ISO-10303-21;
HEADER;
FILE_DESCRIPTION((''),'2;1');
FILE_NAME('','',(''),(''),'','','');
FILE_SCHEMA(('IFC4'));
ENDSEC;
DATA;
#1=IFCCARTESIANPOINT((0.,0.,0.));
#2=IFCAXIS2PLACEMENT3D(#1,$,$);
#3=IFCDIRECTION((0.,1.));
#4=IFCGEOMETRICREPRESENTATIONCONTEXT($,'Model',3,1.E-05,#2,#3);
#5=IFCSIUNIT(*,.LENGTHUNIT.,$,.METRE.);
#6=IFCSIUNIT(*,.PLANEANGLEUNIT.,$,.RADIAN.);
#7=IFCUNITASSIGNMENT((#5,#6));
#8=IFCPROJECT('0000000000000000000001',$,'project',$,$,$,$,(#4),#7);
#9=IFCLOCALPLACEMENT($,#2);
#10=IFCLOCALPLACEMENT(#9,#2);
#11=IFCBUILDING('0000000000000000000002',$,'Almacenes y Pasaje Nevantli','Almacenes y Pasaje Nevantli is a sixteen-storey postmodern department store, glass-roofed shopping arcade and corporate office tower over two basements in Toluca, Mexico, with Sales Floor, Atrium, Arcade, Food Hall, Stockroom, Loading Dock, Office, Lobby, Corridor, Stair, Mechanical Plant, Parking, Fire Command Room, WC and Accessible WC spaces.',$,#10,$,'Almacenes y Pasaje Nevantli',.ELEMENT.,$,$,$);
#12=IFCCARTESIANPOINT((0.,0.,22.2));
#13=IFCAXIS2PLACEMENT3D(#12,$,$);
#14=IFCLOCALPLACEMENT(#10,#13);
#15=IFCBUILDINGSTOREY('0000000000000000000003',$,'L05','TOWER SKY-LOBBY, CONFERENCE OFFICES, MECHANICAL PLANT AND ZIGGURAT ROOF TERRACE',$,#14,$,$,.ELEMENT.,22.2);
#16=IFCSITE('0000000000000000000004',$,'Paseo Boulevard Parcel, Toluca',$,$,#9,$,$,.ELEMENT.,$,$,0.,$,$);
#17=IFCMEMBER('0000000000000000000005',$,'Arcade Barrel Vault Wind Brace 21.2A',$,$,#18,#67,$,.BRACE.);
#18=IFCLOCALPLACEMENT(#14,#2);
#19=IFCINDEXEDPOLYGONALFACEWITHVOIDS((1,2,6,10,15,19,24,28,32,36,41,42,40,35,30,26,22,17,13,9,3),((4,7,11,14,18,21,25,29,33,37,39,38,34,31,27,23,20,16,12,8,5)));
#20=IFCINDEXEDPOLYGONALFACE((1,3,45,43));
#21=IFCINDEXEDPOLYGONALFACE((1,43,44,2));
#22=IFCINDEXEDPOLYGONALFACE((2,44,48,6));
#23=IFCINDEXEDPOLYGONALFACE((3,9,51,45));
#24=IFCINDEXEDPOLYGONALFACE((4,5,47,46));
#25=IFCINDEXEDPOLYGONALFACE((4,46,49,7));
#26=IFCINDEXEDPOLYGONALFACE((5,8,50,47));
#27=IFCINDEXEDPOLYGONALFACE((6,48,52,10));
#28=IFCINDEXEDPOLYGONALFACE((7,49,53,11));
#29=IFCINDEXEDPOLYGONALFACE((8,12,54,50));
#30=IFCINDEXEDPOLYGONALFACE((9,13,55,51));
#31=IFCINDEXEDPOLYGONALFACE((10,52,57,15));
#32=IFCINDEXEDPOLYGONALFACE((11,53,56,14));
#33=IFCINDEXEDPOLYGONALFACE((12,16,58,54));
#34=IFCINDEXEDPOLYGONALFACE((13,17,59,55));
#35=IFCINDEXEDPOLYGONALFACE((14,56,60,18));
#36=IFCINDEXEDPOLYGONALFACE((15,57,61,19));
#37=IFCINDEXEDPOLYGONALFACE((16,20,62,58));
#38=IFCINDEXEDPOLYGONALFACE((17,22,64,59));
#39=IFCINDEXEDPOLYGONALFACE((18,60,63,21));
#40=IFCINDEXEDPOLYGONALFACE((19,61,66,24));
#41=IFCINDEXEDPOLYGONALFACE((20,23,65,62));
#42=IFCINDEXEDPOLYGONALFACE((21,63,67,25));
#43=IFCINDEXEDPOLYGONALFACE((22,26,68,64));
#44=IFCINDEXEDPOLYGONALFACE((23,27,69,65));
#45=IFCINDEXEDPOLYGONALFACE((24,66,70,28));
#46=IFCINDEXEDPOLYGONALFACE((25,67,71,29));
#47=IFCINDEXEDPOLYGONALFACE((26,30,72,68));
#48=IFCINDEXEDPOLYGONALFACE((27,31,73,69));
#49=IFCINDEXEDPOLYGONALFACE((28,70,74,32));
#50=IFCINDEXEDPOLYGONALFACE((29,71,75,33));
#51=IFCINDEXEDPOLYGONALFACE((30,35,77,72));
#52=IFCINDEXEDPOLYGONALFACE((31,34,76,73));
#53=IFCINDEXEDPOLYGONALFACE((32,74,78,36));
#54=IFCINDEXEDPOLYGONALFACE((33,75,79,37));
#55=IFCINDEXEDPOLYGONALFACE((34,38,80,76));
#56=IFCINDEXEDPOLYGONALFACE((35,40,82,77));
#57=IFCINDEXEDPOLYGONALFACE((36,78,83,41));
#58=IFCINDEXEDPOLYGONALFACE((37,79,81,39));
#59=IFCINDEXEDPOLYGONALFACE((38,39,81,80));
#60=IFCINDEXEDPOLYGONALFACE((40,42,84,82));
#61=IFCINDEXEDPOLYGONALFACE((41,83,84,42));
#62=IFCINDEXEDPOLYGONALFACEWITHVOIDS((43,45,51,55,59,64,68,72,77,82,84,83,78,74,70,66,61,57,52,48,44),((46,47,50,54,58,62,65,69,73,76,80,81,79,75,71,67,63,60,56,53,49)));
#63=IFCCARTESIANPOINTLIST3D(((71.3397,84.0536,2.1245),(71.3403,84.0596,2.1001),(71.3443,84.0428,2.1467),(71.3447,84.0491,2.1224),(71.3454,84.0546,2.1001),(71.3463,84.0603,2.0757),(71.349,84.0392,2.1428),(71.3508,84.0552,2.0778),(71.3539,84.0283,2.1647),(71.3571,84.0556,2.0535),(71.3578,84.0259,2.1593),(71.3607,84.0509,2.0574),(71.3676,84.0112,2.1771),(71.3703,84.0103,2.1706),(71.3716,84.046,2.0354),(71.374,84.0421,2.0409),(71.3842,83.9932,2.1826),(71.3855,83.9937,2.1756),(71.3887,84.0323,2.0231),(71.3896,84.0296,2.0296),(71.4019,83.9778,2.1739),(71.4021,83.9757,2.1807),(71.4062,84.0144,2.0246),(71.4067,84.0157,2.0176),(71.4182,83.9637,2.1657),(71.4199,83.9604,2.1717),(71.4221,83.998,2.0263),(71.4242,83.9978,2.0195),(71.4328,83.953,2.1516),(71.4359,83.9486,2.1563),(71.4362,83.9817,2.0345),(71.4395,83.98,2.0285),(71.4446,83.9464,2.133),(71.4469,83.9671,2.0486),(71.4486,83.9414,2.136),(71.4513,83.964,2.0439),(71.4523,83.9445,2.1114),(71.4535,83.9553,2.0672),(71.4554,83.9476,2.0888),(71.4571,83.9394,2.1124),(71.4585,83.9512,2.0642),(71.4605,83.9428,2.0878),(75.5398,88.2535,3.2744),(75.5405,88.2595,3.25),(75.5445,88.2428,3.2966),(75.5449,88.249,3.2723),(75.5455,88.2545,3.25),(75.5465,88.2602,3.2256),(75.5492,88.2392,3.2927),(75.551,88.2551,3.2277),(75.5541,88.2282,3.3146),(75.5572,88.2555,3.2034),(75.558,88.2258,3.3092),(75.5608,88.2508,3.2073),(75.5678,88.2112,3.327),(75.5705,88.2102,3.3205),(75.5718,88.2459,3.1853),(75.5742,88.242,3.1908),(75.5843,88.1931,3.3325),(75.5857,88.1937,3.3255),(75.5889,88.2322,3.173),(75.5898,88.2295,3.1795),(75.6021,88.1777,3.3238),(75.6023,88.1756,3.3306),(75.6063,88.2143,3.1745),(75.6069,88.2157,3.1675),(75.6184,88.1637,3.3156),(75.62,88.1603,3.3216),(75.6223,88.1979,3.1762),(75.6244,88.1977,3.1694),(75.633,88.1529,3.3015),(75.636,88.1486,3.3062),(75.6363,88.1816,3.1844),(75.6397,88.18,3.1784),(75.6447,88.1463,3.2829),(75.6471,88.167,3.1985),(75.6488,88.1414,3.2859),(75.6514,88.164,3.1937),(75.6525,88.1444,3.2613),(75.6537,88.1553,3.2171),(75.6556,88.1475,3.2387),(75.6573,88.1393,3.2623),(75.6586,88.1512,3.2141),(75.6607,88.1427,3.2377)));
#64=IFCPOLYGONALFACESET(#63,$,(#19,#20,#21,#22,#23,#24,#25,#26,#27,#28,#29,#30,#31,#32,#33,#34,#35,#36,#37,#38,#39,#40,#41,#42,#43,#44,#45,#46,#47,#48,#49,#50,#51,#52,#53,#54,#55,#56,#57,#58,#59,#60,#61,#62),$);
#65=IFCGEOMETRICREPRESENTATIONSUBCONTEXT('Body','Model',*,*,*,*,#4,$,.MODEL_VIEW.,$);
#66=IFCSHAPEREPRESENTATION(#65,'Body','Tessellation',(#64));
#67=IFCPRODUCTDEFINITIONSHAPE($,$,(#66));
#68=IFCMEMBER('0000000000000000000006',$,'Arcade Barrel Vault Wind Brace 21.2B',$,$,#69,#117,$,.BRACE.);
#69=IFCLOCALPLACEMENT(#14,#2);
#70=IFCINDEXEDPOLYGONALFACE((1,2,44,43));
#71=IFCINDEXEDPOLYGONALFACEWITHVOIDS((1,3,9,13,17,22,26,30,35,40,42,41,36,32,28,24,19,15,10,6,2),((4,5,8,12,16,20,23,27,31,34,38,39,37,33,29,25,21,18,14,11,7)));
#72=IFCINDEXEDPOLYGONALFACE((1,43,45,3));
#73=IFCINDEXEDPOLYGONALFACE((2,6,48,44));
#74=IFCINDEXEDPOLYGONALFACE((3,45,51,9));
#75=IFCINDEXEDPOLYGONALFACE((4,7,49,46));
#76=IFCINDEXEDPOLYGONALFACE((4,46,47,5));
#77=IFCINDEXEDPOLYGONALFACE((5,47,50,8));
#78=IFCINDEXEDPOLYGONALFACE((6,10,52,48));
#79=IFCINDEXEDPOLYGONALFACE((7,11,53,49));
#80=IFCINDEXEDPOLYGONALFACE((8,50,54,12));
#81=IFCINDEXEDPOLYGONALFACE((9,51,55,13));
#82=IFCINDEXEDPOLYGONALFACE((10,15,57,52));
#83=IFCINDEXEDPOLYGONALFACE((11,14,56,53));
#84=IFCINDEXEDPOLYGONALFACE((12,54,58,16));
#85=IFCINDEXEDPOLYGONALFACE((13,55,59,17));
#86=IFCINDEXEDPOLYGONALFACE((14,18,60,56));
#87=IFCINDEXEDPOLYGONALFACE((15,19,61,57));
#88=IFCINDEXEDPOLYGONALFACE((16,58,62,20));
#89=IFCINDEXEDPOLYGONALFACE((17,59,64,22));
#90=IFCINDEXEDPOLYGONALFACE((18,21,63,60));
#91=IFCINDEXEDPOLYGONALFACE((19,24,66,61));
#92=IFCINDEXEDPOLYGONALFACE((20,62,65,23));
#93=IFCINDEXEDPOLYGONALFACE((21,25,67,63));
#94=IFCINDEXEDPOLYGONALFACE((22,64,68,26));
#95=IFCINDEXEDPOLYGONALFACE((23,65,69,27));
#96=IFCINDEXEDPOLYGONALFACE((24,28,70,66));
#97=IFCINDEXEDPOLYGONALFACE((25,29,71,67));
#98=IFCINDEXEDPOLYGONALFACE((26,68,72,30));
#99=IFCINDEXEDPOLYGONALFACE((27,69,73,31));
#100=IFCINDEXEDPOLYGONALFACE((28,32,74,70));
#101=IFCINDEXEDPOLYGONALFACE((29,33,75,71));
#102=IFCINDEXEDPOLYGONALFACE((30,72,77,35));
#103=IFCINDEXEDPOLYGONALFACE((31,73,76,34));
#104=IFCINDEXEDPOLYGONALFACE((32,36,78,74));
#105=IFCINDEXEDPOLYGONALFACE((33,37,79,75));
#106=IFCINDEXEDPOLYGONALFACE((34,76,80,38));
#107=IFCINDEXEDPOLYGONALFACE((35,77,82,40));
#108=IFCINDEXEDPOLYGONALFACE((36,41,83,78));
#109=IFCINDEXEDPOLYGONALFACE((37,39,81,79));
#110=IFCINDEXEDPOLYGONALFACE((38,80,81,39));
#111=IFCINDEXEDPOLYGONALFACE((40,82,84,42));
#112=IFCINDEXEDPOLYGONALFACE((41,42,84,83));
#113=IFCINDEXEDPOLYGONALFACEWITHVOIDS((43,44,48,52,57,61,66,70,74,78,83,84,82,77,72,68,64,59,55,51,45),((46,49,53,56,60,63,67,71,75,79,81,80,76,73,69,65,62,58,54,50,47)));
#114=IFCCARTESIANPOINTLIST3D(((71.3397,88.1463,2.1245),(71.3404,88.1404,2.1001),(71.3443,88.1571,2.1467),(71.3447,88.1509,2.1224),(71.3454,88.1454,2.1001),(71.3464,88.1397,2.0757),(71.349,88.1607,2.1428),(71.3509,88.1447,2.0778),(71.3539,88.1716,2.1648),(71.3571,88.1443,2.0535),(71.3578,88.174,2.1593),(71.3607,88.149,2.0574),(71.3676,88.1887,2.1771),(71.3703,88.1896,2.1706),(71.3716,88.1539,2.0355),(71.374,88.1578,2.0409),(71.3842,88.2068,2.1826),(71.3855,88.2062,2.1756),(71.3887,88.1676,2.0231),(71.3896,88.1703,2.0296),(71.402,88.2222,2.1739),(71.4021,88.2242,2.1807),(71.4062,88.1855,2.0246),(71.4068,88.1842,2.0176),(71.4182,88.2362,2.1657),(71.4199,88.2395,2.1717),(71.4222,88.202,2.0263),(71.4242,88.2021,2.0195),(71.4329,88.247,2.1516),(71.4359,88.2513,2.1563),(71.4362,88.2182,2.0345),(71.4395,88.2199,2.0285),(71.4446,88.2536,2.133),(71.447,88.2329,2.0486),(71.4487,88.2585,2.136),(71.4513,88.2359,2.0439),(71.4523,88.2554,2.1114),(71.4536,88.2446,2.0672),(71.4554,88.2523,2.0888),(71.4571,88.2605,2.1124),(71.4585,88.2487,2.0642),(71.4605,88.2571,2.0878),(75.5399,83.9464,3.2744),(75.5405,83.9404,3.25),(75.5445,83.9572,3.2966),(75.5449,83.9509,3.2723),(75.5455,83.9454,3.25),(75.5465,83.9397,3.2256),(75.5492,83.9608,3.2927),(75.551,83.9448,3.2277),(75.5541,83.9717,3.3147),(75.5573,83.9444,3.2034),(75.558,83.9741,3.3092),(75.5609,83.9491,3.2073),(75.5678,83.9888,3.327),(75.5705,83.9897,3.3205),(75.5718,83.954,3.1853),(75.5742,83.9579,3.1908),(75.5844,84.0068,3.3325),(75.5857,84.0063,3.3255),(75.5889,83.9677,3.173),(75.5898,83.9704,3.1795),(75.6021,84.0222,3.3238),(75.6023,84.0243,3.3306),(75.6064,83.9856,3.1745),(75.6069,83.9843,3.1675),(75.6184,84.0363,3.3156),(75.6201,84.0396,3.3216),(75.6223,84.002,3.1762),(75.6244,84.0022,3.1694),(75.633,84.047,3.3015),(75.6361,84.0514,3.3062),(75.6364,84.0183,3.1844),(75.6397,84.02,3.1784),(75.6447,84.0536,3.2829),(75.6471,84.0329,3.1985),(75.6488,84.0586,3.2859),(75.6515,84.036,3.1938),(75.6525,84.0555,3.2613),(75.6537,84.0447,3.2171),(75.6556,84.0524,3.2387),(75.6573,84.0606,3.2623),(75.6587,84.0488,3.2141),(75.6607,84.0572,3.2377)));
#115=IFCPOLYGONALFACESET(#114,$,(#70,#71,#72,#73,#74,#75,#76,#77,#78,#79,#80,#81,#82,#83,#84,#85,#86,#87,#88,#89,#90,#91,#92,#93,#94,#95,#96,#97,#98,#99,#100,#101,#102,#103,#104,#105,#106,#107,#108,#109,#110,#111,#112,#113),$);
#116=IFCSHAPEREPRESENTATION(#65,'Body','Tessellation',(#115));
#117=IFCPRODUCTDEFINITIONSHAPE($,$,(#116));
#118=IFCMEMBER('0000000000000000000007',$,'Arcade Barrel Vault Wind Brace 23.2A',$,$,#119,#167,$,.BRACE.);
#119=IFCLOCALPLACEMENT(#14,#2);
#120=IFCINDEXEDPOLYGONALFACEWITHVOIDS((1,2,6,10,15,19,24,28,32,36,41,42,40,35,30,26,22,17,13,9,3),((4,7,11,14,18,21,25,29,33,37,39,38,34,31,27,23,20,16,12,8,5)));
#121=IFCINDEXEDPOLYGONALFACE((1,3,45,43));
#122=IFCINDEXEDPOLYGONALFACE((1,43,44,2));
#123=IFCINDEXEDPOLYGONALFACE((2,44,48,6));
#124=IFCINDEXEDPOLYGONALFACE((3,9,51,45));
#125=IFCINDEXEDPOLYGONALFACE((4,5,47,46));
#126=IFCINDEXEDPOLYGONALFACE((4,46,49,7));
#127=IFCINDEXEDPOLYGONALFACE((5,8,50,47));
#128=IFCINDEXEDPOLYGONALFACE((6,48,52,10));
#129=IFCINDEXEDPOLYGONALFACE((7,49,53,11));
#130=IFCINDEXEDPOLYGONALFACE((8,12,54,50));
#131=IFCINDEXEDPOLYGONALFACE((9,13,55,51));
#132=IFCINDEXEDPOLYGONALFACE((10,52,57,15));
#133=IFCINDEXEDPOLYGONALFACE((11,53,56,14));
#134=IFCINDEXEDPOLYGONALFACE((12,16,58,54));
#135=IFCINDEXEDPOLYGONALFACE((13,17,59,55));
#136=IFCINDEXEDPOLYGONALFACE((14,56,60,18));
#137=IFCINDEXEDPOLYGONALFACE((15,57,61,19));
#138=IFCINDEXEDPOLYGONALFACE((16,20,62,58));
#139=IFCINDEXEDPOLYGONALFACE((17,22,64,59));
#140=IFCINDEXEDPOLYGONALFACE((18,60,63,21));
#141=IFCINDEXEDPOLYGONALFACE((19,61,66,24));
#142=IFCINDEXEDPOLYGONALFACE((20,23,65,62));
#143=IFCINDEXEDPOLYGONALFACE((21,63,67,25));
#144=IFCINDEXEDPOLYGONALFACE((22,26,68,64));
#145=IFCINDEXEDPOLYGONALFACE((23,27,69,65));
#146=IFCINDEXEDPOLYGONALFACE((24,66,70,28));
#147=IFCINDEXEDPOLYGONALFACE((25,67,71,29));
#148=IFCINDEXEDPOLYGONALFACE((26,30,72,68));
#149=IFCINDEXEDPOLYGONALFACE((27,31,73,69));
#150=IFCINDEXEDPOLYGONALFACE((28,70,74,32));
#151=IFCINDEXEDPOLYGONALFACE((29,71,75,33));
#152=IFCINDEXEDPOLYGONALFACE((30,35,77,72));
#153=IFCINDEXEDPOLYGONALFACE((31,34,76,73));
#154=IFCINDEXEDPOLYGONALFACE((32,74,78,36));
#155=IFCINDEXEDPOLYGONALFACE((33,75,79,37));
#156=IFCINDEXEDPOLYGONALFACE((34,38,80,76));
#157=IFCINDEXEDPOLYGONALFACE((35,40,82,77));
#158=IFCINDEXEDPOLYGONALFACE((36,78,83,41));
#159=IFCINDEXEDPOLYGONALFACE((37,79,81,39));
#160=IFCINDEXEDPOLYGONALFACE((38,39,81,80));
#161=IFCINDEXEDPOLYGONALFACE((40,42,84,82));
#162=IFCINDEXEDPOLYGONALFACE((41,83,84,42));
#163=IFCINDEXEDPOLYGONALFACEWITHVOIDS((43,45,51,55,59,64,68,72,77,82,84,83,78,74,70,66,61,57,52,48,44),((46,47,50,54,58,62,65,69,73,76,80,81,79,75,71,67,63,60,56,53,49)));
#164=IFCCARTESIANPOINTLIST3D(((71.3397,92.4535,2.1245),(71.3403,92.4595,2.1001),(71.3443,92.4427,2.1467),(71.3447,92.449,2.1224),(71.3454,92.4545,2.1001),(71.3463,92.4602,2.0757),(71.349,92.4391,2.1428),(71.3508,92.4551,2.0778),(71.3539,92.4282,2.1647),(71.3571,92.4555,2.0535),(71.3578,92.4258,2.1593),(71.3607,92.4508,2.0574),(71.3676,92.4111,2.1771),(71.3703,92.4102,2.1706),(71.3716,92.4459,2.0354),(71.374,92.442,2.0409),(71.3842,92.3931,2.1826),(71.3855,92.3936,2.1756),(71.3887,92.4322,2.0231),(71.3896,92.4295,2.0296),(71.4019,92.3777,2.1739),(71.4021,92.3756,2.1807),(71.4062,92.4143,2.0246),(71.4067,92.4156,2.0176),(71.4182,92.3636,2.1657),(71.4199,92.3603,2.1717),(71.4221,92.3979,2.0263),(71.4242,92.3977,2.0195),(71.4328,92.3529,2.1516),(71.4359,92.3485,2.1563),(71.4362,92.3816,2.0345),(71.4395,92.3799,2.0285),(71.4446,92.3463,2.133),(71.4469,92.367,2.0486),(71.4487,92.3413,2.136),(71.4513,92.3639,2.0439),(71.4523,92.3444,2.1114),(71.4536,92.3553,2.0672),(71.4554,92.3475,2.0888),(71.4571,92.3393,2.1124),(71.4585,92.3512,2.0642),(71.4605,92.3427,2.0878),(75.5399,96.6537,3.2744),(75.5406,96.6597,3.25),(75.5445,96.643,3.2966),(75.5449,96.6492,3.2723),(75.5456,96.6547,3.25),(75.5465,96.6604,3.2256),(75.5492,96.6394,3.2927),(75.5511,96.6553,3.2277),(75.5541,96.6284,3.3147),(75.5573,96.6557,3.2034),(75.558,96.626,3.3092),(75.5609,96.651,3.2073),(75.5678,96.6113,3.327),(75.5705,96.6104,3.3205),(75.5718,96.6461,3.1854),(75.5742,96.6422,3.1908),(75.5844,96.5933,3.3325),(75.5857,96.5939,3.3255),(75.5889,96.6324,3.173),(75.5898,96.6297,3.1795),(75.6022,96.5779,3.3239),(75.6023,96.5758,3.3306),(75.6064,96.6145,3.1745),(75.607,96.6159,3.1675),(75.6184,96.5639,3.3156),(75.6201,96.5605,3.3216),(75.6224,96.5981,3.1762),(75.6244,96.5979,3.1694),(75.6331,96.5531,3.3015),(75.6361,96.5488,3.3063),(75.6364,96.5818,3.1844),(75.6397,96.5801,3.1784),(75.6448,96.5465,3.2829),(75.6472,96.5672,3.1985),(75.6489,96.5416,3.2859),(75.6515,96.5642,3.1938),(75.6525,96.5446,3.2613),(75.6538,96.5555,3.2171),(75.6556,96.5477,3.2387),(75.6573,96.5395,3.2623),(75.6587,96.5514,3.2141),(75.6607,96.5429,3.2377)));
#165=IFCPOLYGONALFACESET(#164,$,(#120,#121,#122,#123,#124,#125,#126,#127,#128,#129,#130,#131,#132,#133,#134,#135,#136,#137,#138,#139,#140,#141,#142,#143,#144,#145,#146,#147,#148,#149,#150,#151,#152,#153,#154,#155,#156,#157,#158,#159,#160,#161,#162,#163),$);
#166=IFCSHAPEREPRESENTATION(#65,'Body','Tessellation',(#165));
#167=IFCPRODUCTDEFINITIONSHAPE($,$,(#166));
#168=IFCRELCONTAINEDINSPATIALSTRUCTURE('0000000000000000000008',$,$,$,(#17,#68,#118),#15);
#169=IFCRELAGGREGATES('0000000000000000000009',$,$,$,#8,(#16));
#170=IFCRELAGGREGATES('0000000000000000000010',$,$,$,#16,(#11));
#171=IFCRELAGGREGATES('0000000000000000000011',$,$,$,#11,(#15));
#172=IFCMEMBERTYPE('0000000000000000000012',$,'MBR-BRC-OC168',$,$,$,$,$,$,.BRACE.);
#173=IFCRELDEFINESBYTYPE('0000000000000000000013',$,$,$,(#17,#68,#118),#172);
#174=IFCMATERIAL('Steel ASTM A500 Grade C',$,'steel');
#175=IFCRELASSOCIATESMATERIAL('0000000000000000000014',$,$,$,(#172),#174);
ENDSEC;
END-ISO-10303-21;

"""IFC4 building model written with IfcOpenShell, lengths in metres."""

from ifc_helpers import new_model, si_unit, direction, frame, origin, origin_2d, place, context, subcontext, project, spatial, hollow_circle, extrude, material, material_profile, profile_set, type_object, element, save


model = new_model("IFC4")

# Units and contexts
model_context = context("Model", 3, precision=1e-05, world=origin(), true_north=direction((0.0, 1.0)))
body_context = subcontext(model_context, "Body", "Model", "MODEL_VIEW")
ifc_project = project(units=[si_unit("LENGTHUNIT", "METRE"), si_unit("PLANEANGLEUNIT", "RADIAN")], contexts=[model_context])

# Site, building, storey
site_placement = place(None, origin())
site = spatial("IfcSite", under=ifc_project, at=site_placement, Name="Paseo Boulevard Parcel, Toluca", CompositionType="ELEMENT", RefElevation=0.0)
building_placement = place(site_placement, origin())
building = spatial("IfcBuilding", under=site, at=building_placement, Name="Almacenes y Pasaje Nevantli", Description="Almacenes y Pasaje Nevantli is a sixteen-storey postmodern department store, glass-roofed shopping arcade and corporate office tower over two basements in Toluca, Mexico, with Sales Floor, Atrium, Arcade, Food Hall, Stockroom, Loading Dock, Office, Lobby, Corridor, Stair, Mechanical Plant, Parking, Fire Command Room, WC and Accessible WC spaces.", LongName="Almacenes y Pasaje Nevantli", CompositionType="ELEMENT")
storey_placement = place(building_placement, frame((0.0, 0.0, 22.2)))
storey = spatial("IfcBuildingStorey", under=building, at=storey_placement, Name="L05", Description="TOWER SKY-LOBBY, CONFERENCE OFFICES, MECHANICAL PLANT AND ZIGGURAT ROOF TERRACE", CompositionType="ELEMENT", Elevation=22.2)

# Members
ifc_material_1 = material(Name="Steel ASTM A500 Grade C", Category="steel")
ifc_material_profile_1 = material_profile(ifc_material_1, hollow_circle(Radius=0.0842, WallThickness=0.0071, at=origin_2d()), Name="OC 168x7.1")
ifc_profile_set_1 = profile_set([ifc_material_profile_1], Name="Steel ASTM A500 Grade C")
member_type_1 = type_object("IfcMemberType", Name="MBR-BRC-OC168", PredefinedType="BRACE", material=ifc_profile_set_1)
for number, where, z_axis, x_axis, name in (
    (1, (71.3999, 84.0, 2.1001), (0.694238, 0.694197, 0.190064), (-0.707086, 0.707127, 0.0), "Arcade Barrel Vault Wind Brace 21.2A"),
    (2, (75.6001, 84.0, 3.25), (-0.694238, 0.694197, -0.190064), (-0.707086, -0.707127, 0.0), "Arcade Barrel Vault Wind Brace 21.2B"),
):
    element("IfcMember", number, at=place(storey_placement, frame(where, z_axis=z_axis, x_axis=x_axis)), inside=storey, type_object=member_type_1, Name=name, PredefinedType="BRACE", context=body_context, shape_type="SweptSolid", body=[
        extrude(hollow_circle(Radius=0.0842, WallThickness=0.0071, at=origin_2d()), origin(), (0.0, 0.0, 1.0), 6.05),
    ])
for number, where, z_axis, x_axis, name in (
    (3, (71.3999, 92.3999, 2.1001), (0.694218, 0.694218, 0.190059), (-0.707107, 0.707107, 0.0), "Arcade Barrel Vault Wind Brace 23.2A"),
):
    element("IfcMember", number, at=place(storey_placement, frame(where, z_axis=z_axis, x_axis=x_axis)), inside=storey, type_object=member_type_1, Name=name, PredefinedType="BRACE", context=body_context, shape_type="SweptSolid", body=[
        extrude(hollow_circle(Radius=0.0842, WallThickness=0.0071, at=origin_2d()), origin(), (0.0, 0.0, 1.0), 6.0503),
    ])

save(model, "model.ifc")
